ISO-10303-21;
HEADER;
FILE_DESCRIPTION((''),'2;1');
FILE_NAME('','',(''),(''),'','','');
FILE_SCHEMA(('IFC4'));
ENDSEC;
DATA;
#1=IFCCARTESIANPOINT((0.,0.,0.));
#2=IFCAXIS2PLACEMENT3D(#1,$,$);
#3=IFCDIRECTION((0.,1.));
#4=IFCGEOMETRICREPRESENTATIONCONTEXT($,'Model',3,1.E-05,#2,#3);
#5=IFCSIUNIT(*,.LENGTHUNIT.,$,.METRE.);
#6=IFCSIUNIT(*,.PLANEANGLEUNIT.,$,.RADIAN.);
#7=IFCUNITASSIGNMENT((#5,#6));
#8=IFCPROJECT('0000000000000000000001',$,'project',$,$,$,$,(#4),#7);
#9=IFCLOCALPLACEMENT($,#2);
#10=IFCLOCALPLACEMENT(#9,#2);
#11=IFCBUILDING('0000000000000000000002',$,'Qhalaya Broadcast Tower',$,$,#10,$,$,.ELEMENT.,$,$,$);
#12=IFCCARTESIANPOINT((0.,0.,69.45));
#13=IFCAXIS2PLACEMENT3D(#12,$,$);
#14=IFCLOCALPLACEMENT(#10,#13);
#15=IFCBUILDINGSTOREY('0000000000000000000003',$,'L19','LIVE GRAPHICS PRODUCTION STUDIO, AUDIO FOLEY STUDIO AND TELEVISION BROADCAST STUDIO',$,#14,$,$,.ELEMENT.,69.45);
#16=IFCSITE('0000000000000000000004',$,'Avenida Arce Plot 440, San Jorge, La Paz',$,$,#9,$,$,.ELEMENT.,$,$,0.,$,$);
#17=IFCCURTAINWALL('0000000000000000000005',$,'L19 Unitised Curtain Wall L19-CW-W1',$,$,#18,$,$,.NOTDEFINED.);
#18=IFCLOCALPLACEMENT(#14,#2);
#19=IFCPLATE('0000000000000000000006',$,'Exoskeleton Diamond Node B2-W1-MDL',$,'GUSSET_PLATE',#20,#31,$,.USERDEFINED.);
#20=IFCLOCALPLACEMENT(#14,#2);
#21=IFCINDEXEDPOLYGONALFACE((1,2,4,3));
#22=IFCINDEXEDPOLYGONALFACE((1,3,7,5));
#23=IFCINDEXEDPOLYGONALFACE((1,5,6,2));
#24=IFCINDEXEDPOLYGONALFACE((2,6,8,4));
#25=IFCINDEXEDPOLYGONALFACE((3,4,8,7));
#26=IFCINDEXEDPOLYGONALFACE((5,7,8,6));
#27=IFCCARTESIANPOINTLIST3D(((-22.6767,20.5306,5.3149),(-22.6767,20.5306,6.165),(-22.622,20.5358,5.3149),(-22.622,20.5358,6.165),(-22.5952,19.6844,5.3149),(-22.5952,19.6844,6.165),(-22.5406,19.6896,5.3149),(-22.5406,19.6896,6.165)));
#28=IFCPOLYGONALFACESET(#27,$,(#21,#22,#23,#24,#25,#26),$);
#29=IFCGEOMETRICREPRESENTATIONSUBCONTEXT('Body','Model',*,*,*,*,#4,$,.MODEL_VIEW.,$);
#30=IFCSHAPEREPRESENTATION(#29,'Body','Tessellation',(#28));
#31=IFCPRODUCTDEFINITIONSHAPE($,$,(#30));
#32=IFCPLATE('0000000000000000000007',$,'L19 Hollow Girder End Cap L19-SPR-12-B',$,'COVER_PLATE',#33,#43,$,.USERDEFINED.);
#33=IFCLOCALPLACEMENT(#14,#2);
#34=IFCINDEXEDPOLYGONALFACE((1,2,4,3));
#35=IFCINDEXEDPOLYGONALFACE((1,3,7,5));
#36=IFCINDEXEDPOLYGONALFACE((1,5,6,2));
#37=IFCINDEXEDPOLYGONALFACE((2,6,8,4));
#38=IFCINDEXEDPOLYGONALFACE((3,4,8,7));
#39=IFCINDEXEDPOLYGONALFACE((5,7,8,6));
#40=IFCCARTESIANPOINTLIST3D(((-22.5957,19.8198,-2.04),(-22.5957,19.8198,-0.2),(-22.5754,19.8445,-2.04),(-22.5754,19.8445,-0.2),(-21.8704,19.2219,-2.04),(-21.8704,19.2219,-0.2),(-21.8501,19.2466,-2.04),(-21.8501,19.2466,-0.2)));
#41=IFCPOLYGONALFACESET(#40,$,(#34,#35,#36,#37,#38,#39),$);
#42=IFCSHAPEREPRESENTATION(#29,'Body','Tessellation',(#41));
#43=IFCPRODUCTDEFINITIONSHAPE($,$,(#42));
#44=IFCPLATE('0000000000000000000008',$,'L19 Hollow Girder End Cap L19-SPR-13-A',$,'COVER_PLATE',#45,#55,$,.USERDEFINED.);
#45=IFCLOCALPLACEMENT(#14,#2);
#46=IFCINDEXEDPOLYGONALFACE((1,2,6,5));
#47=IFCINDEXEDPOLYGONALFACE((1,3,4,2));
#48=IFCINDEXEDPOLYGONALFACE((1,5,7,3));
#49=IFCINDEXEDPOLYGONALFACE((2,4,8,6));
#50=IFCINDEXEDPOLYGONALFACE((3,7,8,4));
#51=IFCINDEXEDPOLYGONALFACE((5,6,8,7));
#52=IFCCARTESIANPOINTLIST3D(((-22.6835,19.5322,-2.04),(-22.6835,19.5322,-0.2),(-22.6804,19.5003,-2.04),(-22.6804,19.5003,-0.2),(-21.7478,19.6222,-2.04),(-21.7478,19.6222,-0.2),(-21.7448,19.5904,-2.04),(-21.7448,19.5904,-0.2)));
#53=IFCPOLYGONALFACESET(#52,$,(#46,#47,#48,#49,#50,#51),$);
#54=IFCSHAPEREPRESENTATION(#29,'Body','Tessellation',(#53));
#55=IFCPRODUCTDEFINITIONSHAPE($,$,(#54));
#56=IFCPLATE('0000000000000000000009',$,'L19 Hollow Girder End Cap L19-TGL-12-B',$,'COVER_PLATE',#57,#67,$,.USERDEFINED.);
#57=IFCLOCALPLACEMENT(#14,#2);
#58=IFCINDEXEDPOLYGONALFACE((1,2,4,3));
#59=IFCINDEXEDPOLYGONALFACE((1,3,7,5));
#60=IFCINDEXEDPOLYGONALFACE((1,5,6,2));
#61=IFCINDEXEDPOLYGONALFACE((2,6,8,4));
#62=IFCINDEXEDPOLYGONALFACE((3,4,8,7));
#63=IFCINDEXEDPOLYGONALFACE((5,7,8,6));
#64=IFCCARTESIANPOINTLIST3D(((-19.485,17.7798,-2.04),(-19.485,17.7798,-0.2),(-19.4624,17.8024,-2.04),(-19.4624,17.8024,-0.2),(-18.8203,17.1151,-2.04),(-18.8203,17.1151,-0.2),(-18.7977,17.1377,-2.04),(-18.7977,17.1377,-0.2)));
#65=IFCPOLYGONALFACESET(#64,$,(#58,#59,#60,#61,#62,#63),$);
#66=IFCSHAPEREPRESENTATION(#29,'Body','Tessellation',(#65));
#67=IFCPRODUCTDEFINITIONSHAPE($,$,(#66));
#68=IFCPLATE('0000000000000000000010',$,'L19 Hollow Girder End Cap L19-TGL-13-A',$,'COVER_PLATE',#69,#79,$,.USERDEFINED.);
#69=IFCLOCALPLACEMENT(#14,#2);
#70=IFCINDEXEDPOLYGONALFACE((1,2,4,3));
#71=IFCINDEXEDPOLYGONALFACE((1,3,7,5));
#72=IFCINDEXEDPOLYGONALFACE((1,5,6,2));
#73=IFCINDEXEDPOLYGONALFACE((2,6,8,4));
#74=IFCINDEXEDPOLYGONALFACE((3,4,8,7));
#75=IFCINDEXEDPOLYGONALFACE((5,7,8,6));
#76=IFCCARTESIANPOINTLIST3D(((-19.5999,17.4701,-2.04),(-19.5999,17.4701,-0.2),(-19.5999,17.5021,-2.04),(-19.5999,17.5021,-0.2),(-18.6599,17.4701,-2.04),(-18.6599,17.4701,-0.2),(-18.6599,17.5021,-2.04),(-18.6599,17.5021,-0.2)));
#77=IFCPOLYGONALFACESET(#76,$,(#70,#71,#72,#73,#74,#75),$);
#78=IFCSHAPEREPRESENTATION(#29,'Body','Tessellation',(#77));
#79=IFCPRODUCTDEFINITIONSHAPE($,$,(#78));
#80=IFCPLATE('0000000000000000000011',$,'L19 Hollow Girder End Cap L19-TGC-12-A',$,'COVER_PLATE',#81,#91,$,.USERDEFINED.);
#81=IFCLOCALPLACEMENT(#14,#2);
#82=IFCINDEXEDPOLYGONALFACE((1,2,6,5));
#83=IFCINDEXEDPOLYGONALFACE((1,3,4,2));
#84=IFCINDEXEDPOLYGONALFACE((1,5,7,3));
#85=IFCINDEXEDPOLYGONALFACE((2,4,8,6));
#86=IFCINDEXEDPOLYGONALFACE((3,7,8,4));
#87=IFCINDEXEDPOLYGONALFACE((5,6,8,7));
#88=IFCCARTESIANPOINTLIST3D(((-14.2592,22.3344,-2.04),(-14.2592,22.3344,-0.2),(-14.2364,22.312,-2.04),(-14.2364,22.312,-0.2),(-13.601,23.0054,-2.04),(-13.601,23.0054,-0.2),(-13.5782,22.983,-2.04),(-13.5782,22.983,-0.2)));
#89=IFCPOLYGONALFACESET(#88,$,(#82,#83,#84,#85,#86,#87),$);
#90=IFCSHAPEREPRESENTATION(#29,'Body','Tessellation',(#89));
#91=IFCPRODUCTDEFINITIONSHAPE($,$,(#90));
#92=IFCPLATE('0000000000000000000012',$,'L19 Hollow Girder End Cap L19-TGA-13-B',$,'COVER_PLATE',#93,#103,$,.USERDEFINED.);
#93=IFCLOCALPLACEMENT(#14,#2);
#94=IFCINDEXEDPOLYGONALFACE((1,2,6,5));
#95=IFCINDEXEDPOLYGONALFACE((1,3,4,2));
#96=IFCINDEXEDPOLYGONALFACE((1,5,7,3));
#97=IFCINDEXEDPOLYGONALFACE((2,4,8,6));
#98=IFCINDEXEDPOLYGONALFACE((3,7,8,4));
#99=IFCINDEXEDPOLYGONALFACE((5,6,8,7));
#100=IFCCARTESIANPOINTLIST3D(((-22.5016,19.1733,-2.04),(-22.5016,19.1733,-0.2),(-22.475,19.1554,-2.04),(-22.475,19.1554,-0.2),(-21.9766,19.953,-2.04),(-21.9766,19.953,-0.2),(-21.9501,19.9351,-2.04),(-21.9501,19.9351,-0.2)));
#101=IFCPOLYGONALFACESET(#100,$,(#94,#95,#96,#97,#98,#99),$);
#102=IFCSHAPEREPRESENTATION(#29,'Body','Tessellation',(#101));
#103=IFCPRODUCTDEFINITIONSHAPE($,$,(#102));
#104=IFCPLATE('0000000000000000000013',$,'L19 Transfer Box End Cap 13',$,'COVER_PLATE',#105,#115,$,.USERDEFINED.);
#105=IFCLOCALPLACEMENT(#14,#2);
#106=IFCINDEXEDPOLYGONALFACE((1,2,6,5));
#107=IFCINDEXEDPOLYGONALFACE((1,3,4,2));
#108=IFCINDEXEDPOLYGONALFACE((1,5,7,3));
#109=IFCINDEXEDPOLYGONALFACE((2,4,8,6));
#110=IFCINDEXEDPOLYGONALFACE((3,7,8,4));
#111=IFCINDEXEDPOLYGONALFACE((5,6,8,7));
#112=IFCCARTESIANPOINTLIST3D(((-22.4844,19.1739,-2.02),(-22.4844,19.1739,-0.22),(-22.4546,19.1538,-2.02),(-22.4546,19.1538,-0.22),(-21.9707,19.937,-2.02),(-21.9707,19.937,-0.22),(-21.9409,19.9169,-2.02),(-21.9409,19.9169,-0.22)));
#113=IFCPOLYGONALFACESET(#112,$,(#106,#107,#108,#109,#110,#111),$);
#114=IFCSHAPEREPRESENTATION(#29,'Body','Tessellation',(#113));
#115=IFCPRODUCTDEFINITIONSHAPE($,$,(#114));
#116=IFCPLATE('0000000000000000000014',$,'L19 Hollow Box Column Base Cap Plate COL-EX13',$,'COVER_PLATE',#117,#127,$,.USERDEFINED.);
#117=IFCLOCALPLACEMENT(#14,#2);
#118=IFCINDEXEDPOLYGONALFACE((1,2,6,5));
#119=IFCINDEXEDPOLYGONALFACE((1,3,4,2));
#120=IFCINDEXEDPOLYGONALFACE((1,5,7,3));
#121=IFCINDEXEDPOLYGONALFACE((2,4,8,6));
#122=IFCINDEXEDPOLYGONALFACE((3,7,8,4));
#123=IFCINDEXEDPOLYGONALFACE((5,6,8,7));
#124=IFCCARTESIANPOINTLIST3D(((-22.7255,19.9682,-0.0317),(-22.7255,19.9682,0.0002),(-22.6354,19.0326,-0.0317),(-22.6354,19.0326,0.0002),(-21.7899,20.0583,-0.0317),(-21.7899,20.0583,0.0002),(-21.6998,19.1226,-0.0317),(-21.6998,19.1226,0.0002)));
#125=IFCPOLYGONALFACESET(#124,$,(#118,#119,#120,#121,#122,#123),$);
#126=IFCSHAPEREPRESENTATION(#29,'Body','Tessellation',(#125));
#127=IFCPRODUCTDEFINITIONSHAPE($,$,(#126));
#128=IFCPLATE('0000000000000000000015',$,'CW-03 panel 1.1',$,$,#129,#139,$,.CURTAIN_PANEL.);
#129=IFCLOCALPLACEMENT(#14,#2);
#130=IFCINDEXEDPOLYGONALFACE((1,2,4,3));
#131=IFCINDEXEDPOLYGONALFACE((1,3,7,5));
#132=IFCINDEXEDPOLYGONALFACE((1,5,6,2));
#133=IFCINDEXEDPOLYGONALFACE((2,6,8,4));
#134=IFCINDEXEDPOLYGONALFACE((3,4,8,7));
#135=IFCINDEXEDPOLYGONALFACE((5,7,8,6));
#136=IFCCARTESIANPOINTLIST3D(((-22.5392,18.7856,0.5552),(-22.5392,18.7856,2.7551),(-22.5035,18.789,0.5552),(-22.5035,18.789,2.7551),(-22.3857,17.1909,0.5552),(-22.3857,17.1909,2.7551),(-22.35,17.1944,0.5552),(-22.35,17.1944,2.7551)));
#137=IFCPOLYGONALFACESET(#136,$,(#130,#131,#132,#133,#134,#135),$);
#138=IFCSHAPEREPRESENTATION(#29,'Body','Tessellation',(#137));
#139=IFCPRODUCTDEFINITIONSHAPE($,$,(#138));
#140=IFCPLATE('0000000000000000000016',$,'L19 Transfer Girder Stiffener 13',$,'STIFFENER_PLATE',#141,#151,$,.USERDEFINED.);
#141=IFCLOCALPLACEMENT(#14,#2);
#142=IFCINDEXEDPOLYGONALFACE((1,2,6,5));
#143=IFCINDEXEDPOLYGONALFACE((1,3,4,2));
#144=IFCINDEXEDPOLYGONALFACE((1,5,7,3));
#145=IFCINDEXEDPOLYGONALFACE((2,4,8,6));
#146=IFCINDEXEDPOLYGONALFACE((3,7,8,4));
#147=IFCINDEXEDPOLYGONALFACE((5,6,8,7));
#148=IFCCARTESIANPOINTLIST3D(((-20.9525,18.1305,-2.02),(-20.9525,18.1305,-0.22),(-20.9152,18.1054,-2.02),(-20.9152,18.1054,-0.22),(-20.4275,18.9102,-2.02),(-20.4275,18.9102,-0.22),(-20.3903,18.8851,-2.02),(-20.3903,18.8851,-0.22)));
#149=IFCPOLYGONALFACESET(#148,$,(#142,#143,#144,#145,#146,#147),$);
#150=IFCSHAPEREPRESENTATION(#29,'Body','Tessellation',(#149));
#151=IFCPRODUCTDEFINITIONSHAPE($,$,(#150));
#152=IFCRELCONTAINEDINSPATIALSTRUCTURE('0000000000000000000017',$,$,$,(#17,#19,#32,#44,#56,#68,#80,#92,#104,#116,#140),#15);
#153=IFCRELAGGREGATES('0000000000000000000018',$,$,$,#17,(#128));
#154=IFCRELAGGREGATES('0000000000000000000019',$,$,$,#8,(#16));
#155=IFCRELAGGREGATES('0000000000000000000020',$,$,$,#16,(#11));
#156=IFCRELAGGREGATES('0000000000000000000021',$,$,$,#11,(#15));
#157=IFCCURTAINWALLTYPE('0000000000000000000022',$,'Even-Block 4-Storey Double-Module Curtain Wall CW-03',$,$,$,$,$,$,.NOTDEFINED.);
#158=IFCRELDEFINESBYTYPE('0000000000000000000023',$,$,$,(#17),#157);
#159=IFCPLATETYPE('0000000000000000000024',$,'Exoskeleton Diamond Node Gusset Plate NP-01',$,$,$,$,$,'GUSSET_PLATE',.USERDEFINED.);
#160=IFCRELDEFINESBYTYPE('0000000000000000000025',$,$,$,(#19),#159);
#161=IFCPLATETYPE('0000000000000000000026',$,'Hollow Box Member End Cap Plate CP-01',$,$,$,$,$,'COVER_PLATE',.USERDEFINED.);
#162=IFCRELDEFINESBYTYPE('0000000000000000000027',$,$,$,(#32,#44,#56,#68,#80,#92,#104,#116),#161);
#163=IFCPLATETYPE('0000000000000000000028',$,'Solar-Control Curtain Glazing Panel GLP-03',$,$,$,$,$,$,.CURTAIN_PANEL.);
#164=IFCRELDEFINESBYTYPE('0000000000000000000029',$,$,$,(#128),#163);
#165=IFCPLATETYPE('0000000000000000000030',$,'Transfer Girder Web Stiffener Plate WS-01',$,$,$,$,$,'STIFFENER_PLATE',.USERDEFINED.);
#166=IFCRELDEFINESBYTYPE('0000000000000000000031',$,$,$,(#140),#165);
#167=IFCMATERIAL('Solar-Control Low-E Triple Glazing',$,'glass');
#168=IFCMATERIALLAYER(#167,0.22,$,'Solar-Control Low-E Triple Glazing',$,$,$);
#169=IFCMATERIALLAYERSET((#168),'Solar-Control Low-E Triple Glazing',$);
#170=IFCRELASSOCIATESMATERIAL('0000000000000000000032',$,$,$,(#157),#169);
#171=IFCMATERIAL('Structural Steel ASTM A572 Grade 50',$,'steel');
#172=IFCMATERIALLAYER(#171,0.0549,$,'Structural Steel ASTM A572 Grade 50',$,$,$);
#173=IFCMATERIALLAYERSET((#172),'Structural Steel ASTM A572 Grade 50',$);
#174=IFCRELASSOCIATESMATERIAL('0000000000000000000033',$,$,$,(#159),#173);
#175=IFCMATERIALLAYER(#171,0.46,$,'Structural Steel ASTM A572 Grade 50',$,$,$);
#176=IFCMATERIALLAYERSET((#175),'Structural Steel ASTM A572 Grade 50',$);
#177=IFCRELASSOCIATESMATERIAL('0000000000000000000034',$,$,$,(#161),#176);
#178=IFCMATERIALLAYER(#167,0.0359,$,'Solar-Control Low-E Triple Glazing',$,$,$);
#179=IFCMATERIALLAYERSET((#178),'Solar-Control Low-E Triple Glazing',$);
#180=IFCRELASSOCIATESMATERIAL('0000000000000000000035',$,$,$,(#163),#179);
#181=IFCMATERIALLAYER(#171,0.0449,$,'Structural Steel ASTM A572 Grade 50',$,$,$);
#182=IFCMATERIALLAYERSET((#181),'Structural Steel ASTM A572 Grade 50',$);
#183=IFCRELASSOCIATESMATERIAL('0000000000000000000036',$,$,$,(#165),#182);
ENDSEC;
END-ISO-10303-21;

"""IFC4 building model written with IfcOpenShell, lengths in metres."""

from ifc_helpers import new_model, si_unit, direction, frame, origin, origin_2d, place, context, subcontext, project, spatial, rectangle, extrude, material, layer, layer_set, type_object, element, aggregate, save


model = new_model("IFC4")

# Units and contexts
model_context = context("Model", 3, precision=1e-05, world=origin(), true_north=direction((0.0, 1.0)))
body_context = subcontext(model_context, "Body", "Model", "MODEL_VIEW")
ifc_project = project(units=[si_unit("LENGTHUNIT", "METRE"), si_unit("PLANEANGLEUNIT", "RADIAN")], contexts=[model_context])

# Site, building, storey
site_placement = place(None, origin())
site = spatial("IfcSite", under=ifc_project, at=site_placement, Name="Avenida Arce Plot 440, San Jorge, La Paz", CompositionType="ELEMENT", RefElevation=0.0)
building_placement = place(site_placement, origin())
building = spatial("IfcBuilding", under=site, at=building_placement, Name="Qhalaya Broadcast Tower", CompositionType="ELEMENT")
storey_placement = place(building_placement, frame((0.0, 0.0, 69.45)))
storey = spatial("IfcBuildingStorey", under=building, at=storey_placement, Name="L19", Description="LIVE GRAPHICS PRODUCTION STUDIO, AUDIO FOLEY STUDIO AND TELEVISION BROADCAST STUDIO", CompositionType="ELEMENT", Elevation=69.45)

# Shared definitions
ifc_material_1 = material(Name="Structural Steel ASTM A572 Grade 50", Category="steel")

# Curtain wall
ifc_material_2 = material(Name="Solar-Control Low-E Triple Glazing", Category="glass")
ifc_layer_1 = layer(ifc_material_2, 0.22, Name="Solar-Control Low-E Triple Glazing")
ifc_layer_set_1 = layer_set([ifc_layer_1], Name="Solar-Control Low-E Triple Glazing")
curtain_wall_type = type_object("IfcCurtainWallType", Name="Even-Block 4-Storey Double-Module Curtain Wall CW-03", PredefinedType="NOTDEFINED", material=ifc_layer_set_1)
curtain_wall_placement = place(storey_placement, origin())
curtain_wall = element("IfcCurtainWall", 1, at=curtain_wall_placement, inside=storey, type_object=curtain_wall_type, Name="L19 Unitised Curtain Wall L19-CW-W1", PredefinedType="NOTDEFINED")

# Plates
ifc_layer_2 = layer(ifc_material_1, 0.0549, Name="Structural Steel ASTM A572 Grade 50")
ifc_layer_set_2 = layer_set([ifc_layer_2], Name="Structural Steel ASTM A572 Grade 50")
plate_type_1 = type_object("IfcPlateType", Name="Exoskeleton Diamond Node Gusset Plate NP-01", ElementType="GUSSET_PLATE", PredefinedType="USERDEFINED", material=ifc_layer_set_2)
plate_1_placement = place(storey_placement, frame((-22.6086, 20.1101, 5.3149), z_axis=(0.0, 0.0, 1.0), x_axis=(-0.095846, 0.995396, 0.0)))
element("IfcPlate", 2, at=plate_1_placement, inside=storey, type_object=plate_type_1, Name="Exoskeleton Diamond Node B2-W1-MDL", ObjectType="GUSSET_PLATE", PredefinedType="USERDEFINED", context=body_context, shape_type="SweptSolid", body=[
    extrude(rectangle(XDim=0.8501, YDim=0.0549, at=origin_2d()), origin(), (0.0, 0.0, 1.0), 0.8501),
])
ifc_layer_3 = layer(ifc_material_1, 0.46, Name="Structural Steel ASTM A572 Grade 50")
ifc_layer_set_3 = layer_set([ifc_layer_3], Name="Structural Steel ASTM A572 Grade 50")
plate_type_2 = type_object("IfcPlateType", Name="Hollow Box Member End Cap Plate CP-01", ElementType="COVER_PLATE", PredefinedType="USERDEFINED", material=ifc_layer_set_3)
for number, where, z_axis, x_axis, name in (
    (3, (-22.2229, 19.5332, -2.04), (0.0, 0.0, 1.0), (0.771625, -0.636078, 0.0), "L19 Hollow Girder End Cap L19-SPR-12-B"),
    (4, (-22.2141, 19.5613, -2.04), (0.0, 0.0, 1.0), (0.995396, 0.095846, 0.0), "L19 Hollow Girder End Cap L19-SPR-13-A"),
    (5, (-19.1414, 17.4587, -2.04), (0.0, 0.0, 1.0), (0.707107, -0.707107, 0.0), "L19 Hollow Girder End Cap L19-TGL-12-B"),
    (6, (-19.1299, 17.4861, -2.04), (0.0, 0.0, 1.0), (1.0, 0.0, 0.0), "L19 Hollow Girder End Cap L19-TGL-13-A"),
    (7, (-13.9187, 22.6587, -2.04), (0.0, 0.0, 1.0), (-0.700324, -0.713825, 0.0), "L19 Hollow Girder End Cap L19-TGC-12-A"),
    (8, (-22.2258, 19.5542, -2.04), (0.0, 0.0, 1.0), (-0.558484, -0.829515, 0.0), "L19 Hollow Girder End Cap L19-TGA-13-B"),
):
    element("IfcPlate", number, at=place(storey_placement, frame(where, z_axis=z_axis, x_axis=x_axis)), inside=storey, type_object=plate_type_2, Name=name, ObjectType="COVER_PLATE", PredefinedType="USERDEFINED", context=body_context, shape_type="SweptSolid", body=[
        extrude(rectangle(XDim=0.9399, YDim=0.032, at=origin_2d()), origin(), (0.0, 0.0, 1.0), 1.8401),
    ])
plate_2_placement = place(storey_placement, frame((-22.2126, 19.5454, -2.02), z_axis=(0.0, 0.0, 1.0), x_axis=(-0.558484, -0.829515, 0.0)))
element("IfcPlate", 9, at=plate_2_placement, inside=storey, type_object=plate_type_2, Name="L19 Transfer Box End Cap 13", ObjectType="COVER_PLATE", PredefinedType="USERDEFINED", context=body_context, shape_type="SweptSolid", body=[
    extrude(rectangle(XDim=0.9199, YDim=0.0359, at=origin_2d()), origin(), (0.0, 0.0, 1.0), 1.8),
])
plate_3_placement = place(storey_placement, frame((-22.2126, 19.5454, -0.0317), z_axis=(0.0, 0.0, 1.0), x_axis=(-0.095846, 0.995396, 0.0)))
element("IfcPlate", 10, at=plate_3_placement, inside=storey, type_object=plate_type_2, Name="L19 Hollow Box Column Base Cap Plate COL-EX13", ObjectType="COVER_PLATE", PredefinedType="USERDEFINED", context=body_context, shape_type="SweptSolid", body=[
    extrude(rectangle(XDim=0.9399, YDim=0.9399, at=origin_2d()), origin(), (0.0, 0.0, 1.0), 0.032),
])

# Plates
ifc_layer_4 = layer(ifc_material_2, 0.0359, Name="Solar-Control Low-E Triple Glazing")
ifc_layer_set_4 = layer_set([ifc_layer_4], Name="Solar-Control Low-E Triple Glazing")
plate_type_3 = type_object("IfcPlateType", Name="Solar-Control Curtain Glazing Panel GLP-03", PredefinedType="CURTAIN_PANEL", material=ifc_layer_set_4)
plate_4_placement = place(storey_placement, frame((-22.4446, 17.99, 0.5552), z_axis=(0.0, 0.0, 1.0), x_axis=(0.095835, -0.995397, 0.0)))
plate_4 = element("IfcPlate", 11, at=plate_4_placement, type_object=plate_type_3, Name="CW-03 panel 1.1", PredefinedType="CURTAIN_PANEL", context=body_context, shape_type="SweptSolid", body=[
    extrude(rectangle(XDim=1.6021, YDim=0.0359, at=origin_2d()), origin(), (0.0, 0.0, 1.0), 2.2),
])
aggregate(curtain_wall, [plate_4])
ifc_layer_5 = layer(ifc_material_1, 0.0449, Name="Structural Steel ASTM A572 Grade 50")
ifc_layer_set_5 = layer_set([ifc_layer_5], Name="Structural Steel ASTM A572 Grade 50")
plate_type_4 = type_object("IfcPlateType", Name="Transfer Girder Web Stiffener Plate WS-01", ElementType="STIFFENER_PLATE", PredefinedType="USERDEFINED", material=ifc_layer_set_5)
plate_5_placement = place(storey_placement, frame((-20.6714, 18.5078, -2.02), z_axis=(0.0, 0.0, 1.0), x_axis=(-0.558484, -0.829515, 0.0)))
element("IfcPlate", 12, at=plate_5_placement, inside=storey, type_object=plate_type_4, Name="L19 Transfer Girder Stiffener 13", ObjectType="STIFFENER_PLATE", PredefinedType="USERDEFINED", context=body_context, shape_type="SweptSolid", body=[
    extrude(rectangle(XDim=0.9399, YDim=0.0449, at=origin_2d()), origin(), (0.0, 0.0, 1.0), 1.8),
])

save(model, "model.ifc")
